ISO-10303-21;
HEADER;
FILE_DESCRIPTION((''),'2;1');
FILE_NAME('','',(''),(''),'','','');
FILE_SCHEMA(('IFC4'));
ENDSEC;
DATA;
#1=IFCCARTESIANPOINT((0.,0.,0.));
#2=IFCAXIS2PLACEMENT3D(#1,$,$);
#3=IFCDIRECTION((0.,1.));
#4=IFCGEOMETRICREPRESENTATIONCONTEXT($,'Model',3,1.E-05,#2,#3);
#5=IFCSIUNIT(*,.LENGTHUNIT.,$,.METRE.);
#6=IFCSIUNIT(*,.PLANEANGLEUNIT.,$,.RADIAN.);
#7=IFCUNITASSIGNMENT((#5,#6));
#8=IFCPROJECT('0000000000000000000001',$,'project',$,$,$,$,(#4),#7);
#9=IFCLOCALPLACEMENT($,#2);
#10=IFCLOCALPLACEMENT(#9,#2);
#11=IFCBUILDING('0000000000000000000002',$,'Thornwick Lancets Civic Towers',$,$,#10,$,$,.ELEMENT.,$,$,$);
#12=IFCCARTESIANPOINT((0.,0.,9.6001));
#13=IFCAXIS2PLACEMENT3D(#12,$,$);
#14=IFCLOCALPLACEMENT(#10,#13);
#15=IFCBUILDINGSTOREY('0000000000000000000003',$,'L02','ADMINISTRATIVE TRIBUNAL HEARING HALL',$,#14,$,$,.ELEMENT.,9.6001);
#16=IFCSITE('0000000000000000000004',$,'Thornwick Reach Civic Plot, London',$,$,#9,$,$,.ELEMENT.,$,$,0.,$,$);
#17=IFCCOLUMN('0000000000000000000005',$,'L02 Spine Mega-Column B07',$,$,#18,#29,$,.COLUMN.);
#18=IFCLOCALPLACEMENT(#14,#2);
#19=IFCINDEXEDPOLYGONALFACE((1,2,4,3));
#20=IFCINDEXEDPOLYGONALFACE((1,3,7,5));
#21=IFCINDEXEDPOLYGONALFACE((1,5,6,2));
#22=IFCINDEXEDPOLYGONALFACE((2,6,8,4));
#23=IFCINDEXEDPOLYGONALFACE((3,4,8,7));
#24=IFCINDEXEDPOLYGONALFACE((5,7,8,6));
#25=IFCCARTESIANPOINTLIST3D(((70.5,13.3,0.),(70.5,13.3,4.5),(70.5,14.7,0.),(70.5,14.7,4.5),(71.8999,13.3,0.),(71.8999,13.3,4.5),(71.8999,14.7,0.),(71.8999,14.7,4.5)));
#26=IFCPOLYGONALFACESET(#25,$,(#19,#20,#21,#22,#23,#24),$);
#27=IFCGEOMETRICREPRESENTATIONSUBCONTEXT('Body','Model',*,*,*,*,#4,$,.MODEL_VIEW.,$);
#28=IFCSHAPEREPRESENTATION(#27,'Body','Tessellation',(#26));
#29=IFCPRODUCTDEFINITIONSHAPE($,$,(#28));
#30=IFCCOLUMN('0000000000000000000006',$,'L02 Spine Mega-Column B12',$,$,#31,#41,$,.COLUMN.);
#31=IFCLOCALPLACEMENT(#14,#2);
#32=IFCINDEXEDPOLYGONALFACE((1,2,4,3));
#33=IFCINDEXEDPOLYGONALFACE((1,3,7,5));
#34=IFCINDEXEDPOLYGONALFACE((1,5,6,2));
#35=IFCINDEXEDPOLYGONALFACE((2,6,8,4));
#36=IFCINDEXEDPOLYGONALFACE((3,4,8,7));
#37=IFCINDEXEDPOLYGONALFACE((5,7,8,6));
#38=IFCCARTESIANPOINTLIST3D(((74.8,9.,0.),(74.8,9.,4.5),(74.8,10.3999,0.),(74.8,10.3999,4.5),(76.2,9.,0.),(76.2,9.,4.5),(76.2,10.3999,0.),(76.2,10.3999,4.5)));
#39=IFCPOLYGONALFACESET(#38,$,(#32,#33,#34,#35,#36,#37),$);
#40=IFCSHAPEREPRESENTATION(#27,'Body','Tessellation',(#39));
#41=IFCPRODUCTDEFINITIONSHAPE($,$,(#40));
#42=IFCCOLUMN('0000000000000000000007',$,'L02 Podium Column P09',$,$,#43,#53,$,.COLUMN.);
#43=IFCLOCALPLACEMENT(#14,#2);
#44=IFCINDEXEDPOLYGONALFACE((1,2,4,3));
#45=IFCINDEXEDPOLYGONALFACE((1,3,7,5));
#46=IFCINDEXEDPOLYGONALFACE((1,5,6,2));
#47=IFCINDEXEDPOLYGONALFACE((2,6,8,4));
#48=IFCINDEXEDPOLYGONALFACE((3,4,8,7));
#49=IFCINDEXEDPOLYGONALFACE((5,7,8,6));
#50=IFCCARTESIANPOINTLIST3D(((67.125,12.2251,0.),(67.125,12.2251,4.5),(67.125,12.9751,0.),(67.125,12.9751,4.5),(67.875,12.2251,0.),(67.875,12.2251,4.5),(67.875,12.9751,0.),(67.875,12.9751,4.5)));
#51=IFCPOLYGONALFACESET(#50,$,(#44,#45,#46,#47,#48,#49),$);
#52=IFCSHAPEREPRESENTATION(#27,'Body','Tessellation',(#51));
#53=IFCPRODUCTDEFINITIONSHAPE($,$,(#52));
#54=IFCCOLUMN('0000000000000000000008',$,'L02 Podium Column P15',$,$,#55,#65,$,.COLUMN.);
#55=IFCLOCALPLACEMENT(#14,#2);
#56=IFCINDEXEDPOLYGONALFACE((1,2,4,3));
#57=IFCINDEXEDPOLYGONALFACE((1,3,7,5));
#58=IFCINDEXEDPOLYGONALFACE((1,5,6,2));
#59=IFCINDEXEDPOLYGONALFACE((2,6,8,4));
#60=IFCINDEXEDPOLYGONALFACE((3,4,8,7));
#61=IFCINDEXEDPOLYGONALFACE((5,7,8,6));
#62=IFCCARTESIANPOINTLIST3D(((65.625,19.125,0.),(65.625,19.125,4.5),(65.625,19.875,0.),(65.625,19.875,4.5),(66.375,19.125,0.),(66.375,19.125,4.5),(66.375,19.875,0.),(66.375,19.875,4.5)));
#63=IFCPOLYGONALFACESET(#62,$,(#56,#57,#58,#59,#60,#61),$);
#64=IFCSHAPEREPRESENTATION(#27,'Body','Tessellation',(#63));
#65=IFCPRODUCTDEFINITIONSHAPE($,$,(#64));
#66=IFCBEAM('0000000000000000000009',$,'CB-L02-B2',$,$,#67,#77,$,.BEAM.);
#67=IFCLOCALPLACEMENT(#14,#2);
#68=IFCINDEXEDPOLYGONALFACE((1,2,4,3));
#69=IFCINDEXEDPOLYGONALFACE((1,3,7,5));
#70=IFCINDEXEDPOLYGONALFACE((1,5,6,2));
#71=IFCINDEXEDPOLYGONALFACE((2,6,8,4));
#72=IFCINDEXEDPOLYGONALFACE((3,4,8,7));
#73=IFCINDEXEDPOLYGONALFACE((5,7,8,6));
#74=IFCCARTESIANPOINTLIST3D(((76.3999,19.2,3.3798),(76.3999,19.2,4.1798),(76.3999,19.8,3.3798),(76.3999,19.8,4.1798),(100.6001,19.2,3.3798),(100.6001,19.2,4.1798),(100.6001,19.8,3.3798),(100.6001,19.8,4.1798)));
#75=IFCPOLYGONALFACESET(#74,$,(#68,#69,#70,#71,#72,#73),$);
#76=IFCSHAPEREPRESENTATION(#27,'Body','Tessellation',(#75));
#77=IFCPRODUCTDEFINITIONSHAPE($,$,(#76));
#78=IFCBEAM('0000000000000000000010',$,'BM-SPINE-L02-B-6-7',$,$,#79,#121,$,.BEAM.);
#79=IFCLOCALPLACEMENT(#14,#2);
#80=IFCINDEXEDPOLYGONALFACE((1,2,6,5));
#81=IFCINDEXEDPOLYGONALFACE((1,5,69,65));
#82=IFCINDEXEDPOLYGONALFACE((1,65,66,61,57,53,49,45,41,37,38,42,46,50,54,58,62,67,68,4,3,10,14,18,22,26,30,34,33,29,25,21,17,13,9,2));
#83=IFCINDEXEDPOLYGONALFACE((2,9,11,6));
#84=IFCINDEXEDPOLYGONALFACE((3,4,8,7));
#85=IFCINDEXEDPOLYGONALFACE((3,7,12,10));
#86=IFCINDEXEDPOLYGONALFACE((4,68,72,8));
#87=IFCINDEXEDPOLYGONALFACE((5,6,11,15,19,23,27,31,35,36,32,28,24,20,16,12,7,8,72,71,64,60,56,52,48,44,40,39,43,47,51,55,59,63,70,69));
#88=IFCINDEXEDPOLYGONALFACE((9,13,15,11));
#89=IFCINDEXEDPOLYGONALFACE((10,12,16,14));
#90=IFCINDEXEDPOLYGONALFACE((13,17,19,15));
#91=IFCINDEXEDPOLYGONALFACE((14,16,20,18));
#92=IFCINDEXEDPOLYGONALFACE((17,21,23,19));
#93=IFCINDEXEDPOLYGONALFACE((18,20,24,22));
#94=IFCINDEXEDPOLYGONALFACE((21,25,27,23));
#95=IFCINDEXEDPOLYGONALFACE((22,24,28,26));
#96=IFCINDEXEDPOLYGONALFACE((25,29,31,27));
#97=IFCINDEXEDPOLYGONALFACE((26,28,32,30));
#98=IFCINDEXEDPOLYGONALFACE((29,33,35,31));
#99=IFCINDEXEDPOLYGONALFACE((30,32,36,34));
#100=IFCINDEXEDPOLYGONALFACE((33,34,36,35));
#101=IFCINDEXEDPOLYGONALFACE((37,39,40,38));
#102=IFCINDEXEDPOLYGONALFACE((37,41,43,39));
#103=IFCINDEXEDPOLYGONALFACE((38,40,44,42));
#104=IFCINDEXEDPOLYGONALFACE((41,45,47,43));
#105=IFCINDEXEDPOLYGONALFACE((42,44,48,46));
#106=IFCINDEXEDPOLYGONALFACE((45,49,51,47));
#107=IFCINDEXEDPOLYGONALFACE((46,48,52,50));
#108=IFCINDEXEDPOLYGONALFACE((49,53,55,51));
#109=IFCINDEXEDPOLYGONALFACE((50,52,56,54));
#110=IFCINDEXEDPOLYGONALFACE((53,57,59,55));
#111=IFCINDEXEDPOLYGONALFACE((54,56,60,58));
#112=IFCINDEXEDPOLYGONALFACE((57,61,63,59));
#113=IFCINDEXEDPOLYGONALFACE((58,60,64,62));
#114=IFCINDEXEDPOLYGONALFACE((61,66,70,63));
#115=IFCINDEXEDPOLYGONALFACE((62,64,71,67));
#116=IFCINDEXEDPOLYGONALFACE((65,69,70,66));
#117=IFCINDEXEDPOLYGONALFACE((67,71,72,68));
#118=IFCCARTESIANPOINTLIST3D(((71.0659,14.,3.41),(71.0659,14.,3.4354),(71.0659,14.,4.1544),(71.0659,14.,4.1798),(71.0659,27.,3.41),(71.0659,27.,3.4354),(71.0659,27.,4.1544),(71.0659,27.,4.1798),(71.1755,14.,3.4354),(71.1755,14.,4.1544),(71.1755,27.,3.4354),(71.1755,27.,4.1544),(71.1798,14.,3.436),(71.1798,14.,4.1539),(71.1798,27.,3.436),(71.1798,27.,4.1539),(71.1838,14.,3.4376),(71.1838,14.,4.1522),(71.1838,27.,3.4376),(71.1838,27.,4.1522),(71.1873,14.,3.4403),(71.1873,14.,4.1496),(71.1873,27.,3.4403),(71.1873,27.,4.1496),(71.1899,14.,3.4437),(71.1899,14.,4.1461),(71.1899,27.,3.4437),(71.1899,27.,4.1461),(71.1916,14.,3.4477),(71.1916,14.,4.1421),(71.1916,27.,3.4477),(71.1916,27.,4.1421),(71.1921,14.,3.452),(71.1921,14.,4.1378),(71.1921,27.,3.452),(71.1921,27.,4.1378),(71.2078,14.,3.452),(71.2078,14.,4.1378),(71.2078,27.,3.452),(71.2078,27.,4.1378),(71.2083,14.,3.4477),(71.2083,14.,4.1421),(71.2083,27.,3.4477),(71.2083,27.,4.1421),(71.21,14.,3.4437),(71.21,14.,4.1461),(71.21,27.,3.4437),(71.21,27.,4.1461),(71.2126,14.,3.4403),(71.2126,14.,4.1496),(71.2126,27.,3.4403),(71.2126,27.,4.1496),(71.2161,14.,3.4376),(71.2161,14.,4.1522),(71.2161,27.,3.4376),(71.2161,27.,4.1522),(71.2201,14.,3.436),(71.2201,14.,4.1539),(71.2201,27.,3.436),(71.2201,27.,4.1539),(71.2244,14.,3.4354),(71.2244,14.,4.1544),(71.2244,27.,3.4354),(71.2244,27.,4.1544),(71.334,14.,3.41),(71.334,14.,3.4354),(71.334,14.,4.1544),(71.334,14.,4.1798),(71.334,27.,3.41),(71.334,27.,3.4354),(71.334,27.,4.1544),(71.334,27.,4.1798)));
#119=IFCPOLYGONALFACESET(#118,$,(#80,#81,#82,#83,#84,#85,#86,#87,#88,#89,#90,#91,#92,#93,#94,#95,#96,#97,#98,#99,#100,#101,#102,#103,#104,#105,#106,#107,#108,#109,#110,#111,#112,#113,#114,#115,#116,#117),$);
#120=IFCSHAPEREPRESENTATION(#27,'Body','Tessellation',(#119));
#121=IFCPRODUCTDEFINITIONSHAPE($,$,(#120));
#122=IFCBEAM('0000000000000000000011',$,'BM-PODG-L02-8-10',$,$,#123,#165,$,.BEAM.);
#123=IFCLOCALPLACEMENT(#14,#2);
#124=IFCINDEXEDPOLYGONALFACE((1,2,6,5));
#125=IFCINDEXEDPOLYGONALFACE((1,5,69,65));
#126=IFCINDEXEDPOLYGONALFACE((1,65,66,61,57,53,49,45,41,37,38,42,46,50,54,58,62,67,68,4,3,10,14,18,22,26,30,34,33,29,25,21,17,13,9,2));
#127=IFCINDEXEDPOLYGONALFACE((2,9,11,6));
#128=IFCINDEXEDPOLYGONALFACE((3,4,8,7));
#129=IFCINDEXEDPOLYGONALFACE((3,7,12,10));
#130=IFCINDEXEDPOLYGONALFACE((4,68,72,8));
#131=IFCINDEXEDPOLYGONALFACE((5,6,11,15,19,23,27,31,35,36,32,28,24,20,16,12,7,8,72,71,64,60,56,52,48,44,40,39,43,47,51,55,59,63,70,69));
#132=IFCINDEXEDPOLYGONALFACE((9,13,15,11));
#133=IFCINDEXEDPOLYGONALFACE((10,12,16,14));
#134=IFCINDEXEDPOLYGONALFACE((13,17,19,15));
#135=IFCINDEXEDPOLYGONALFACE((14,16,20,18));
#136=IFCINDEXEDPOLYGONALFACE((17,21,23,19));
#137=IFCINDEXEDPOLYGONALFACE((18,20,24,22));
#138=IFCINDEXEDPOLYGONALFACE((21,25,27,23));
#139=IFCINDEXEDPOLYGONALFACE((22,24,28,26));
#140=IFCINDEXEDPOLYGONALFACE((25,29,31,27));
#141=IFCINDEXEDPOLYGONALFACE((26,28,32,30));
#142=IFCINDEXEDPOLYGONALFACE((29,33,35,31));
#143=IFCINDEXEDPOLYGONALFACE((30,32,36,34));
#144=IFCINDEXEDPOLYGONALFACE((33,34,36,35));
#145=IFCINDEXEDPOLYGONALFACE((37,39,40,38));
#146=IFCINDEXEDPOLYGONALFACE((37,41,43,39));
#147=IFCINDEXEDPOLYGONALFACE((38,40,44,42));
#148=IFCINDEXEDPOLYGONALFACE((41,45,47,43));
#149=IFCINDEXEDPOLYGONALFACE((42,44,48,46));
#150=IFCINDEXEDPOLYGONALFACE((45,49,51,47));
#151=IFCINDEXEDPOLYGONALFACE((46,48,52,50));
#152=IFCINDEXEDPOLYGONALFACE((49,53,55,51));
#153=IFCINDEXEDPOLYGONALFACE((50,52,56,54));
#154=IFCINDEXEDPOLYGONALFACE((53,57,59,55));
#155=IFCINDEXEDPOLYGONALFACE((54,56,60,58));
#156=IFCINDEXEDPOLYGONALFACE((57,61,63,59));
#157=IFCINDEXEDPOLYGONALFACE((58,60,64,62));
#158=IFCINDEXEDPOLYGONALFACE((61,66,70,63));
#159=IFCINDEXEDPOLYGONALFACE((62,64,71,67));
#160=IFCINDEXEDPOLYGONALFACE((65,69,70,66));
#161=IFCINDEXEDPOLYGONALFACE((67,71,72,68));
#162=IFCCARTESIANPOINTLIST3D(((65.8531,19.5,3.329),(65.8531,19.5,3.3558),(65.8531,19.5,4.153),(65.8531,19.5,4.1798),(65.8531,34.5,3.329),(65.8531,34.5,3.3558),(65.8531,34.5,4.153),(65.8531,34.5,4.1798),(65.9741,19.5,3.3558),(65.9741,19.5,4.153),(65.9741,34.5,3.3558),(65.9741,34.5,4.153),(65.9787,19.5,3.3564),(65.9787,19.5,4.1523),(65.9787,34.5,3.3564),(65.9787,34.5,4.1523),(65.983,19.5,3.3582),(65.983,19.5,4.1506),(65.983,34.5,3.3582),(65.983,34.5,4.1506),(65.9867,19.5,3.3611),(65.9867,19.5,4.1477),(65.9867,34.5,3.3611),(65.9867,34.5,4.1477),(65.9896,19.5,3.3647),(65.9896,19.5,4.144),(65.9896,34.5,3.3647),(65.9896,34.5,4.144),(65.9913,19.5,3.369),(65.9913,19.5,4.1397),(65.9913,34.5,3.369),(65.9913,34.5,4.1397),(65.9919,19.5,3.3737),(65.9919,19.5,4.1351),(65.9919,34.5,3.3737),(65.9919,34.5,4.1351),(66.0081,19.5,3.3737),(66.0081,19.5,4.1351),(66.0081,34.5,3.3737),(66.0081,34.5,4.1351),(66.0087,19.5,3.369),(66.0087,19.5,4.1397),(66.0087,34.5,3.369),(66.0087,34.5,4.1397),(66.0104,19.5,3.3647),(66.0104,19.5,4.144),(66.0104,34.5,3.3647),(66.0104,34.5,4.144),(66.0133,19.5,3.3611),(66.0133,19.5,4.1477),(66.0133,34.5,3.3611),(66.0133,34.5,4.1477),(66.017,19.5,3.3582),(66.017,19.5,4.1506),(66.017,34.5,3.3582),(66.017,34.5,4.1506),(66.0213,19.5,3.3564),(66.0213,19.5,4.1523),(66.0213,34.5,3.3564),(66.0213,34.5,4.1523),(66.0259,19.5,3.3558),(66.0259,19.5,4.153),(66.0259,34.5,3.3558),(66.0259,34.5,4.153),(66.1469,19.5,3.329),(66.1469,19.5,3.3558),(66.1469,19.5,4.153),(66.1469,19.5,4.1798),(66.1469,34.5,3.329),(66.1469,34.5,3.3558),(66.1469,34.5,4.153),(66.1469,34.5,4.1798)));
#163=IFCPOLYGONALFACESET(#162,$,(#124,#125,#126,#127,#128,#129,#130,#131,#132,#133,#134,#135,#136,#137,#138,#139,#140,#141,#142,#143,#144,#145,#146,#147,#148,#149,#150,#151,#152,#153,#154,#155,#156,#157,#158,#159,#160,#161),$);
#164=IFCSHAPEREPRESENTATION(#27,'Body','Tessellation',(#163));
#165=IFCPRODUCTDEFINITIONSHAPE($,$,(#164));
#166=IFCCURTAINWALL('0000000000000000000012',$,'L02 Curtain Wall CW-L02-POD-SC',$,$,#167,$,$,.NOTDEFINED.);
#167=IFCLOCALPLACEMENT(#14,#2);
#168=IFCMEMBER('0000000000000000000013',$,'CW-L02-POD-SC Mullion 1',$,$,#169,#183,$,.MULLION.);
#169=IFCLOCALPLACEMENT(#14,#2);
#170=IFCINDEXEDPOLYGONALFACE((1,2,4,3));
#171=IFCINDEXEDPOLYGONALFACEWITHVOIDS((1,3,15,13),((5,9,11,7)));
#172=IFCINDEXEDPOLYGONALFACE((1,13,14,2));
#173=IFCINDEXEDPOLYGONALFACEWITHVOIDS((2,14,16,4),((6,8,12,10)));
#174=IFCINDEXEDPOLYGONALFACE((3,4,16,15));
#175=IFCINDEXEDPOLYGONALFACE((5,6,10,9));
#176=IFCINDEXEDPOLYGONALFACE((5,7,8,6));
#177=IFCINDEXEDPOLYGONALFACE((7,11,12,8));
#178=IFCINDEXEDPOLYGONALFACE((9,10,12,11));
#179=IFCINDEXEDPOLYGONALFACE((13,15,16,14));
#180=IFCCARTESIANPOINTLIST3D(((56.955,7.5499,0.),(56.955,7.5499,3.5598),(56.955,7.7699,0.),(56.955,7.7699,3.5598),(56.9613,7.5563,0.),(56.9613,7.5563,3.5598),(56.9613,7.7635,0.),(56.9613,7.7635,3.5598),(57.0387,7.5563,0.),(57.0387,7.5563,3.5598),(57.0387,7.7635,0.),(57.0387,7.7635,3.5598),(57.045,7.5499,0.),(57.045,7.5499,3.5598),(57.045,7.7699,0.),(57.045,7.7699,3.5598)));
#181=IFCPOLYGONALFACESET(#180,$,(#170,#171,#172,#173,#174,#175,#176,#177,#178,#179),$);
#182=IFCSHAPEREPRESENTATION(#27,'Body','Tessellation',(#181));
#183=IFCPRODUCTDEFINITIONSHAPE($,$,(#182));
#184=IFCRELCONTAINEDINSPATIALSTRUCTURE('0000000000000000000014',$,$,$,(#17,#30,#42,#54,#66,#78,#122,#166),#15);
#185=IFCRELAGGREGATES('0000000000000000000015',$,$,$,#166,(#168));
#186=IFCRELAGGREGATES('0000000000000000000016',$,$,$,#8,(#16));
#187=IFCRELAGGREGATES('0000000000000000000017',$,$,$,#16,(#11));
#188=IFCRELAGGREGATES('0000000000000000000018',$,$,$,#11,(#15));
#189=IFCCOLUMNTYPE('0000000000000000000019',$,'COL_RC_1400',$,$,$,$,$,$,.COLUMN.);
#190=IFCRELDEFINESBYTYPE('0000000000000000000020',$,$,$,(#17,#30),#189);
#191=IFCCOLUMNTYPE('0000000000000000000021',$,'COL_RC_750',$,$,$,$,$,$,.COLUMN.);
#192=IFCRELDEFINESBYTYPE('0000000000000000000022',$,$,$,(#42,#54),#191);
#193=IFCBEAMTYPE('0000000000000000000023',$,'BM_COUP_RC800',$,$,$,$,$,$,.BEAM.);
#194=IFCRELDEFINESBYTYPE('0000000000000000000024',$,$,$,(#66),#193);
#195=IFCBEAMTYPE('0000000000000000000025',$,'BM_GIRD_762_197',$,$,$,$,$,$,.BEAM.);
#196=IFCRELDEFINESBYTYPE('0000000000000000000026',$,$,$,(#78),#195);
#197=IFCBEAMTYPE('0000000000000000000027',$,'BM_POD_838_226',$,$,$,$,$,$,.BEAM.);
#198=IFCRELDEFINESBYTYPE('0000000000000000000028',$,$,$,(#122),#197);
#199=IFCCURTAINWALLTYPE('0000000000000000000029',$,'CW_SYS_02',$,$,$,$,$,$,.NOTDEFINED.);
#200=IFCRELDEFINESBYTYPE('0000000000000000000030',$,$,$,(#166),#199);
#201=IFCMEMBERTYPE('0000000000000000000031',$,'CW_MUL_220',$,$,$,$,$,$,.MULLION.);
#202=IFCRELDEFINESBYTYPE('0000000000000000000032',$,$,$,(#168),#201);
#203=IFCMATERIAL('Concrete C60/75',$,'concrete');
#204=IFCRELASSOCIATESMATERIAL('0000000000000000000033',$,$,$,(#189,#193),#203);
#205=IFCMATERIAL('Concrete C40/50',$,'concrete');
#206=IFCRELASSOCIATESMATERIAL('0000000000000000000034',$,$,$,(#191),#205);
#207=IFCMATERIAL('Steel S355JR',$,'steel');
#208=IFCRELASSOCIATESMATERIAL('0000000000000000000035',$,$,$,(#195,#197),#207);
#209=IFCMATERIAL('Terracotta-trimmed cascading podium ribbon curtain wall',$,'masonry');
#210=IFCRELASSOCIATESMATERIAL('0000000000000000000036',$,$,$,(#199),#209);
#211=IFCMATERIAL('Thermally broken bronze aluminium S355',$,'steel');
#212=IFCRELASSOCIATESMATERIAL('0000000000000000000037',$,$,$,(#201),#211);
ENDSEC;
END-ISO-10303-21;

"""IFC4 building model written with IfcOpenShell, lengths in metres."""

from ifc_helpers import new_model, si_unit, direction, frame, origin, origin_2d, place, context, subcontext, project, spatial, rectangle, hollow_rectangle, i_section, extrude, material, material_profile, profile_set, type_object, element, aggregate, save


model = new_model("IFC4")

# Units and contexts
model_context = context("Model", 3, precision=1e-05, world=origin(), true_north=direction((0.0, 1.0)))
body_context = subcontext(model_context, "Body", "Model", "MODEL_VIEW")
ifc_project = project(units=[si_unit("LENGTHUNIT", "METRE"), si_unit("PLANEANGLEUNIT", "RADIAN")], contexts=[model_context])

# Site, building, storey
site_placement = place(None, origin())
site = spatial("IfcSite", under=ifc_project, at=site_placement, Name="Thornwick Reach Civic Plot, London", CompositionType="ELEMENT", RefElevation=0.0)
building_placement = place(site_placement, origin())
building = spatial("IfcBuilding", under=site, at=building_placement, Name="Thornwick Lancets Civic Towers", CompositionType="ELEMENT")
storey_placement = place(building_placement, frame((0.0, 0.0, 9.6001)))
storey = spatial("IfcBuildingStorey", under=building, at=storey_placement, Name="L02", Description="ADMINISTRATIVE TRIBUNAL HEARING HALL", CompositionType="ELEMENT", Elevation=9.6001)

# Columns
ifc_material_1 = material(Name="Concrete C60/75", Category="concrete")
ifc_material_profile_1 = material_profile(ifc_material_1, rectangle(XDim=1.3999, YDim=1.3999, at=origin_2d()), Name="RC 1400x1400")
ifc_profile_set_1 = profile_set([ifc_material_profile_1], Name="Concrete C60/75")
column_type_1 = type_object("IfcColumnType", Name="COL_RC_1400", PredefinedType="COLUMN", material=ifc_profile_set_1)
for number, where, z_axis, x_axis, name in (
    (1, (71.2, 14.0, 0.0), (0.0, 0.0, 1.0), (1.0, 0.0, 0.0), "L02 Spine Mega-Column B07"),
    (2, (75.5, 9.7, 0.0), (0.0, 0.0, 1.0), (1.0, 0.0, 0.0), "L02 Spine Mega-Column B12"),
):
    element("IfcColumn", number, at=place(storey_placement, frame(where, z_axis=z_axis, x_axis=x_axis)), inside=storey, type_object=column_type_1, Name=name, PredefinedType="COLUMN", context=body_context, shape_type="SweptSolid", body=[
        extrude(rectangle(XDim=1.3999, YDim=1.3999, at=origin_2d()), origin(), (0.0, 0.0, 1.0), 4.5),
    ])
ifc_material_2 = material(Name="Concrete C40/50", Category="concrete")
ifc_material_profile_2 = material_profile(ifc_material_2, rectangle(XDim=0.75, YDim=0.75, at=origin_2d()), Name="RC 750x750")
ifc_profile_set_2 = profile_set([ifc_material_profile_2], Name="Concrete C40/50")
column_type_2 = type_object("IfcColumnType", Name="COL_RC_750", PredefinedType="COLUMN", material=ifc_profile_set_2)
for number, where, z_axis, x_axis, name in (
    (3, (67.5, 12.6001, 0.0), (0.0, 0.0, 1.0), (1.0, 0.0, 0.0), "L02 Podium Column P09"),
    (4, (66.0, 19.5, 0.0), (0.0, 0.0, 1.0), (1.0, 0.0, 0.0), "L02 Podium Column P15"),
):
    element("IfcColumn", number, at=place(storey_placement, frame(where, z_axis=z_axis, x_axis=x_axis)), inside=storey, type_object=column_type_2, Name=name, PredefinedType="COLUMN", context=body_context, shape_type="SweptSolid", body=[
        extrude(rectangle(XDim=0.75, YDim=0.75, at=origin_2d()), origin(), (0.0, 0.0, 1.0), 4.5),
    ])

# Beams
ifc_material_profile_3 = material_profile(ifc_material_1, rectangle(XDim=0.6001, YDim=0.8, at=origin_2d()), Name="RC 600x800")
ifc_profile_set_3 = profile_set([ifc_material_profile_3], Name="Concrete C60/75")
beam_type_1 = type_object("IfcBeamType", Name="BM_COUP_RC800", PredefinedType="BEAM", material=ifc_profile_set_3)
beam_1_placement = place(storey_placement, frame((76.3999, 19.5, 3.7798), z_axis=(1.0, 0.0, 0.0), x_axis=(0.0, 1.0, 0.0)))
element("IfcBeam", 5, at=beam_1_placement, inside=storey, type_object=beam_type_1, Name="CB-L02-B2", PredefinedType="BEAM", context=body_context, shape_type="SweptSolid", body=[
    extrude(rectangle(XDim=0.6001, YDim=0.8, at=origin_2d()), origin(), (0.0, 0.0, 1.0), 24.2002),
])
ifc_material_3 = material(Name="Steel S355JR", Category="steel")
ifc_material_profile_4 = material_profile(ifc_material_3, i_section(OverallWidth=0.2681, OverallDepth=0.7698, WebThickness=0.0156, FlangeThickness=0.0254, FilletRadius=0.0166, at=origin_2d()), Name="UKB 762x267x197")
ifc_profile_set_4 = profile_set([ifc_material_profile_4], Name="Steel S355JR")
beam_type_2 = type_object("IfcBeamType", Name="BM_GIRD_762_197", PredefinedType="BEAM", material=ifc_profile_set_4)
beam_2_placement = place(storey_placement, frame((71.2, 14.0, 3.7949), z_axis=(0.0, 1.0, 0.0), x_axis=(-1.0, 0.0, 0.0)))
element("IfcBeam", 6, at=beam_2_placement, inside=storey, type_object=beam_type_2, Name="BM-SPINE-L02-B-6-7", PredefinedType="BEAM", context=body_context, shape_type="SweptSolid", body=[
    extrude(i_section(OverallWidth=0.2681, OverallDepth=0.7698, WebThickness=0.0156, FlangeThickness=0.0254, FilletRadius=0.0166, at=origin_2d()), origin(), (0.0, 0.0, 1.0), 13.0),
])
ifc_material_profile_5 = material_profile(ifc_material_3, i_section(OverallWidth=0.2937, OverallDepth=0.8508, WebThickness=0.0161, FlangeThickness=0.0269, FilletRadius=0.0178, at=origin_2d()), Name="UKB 838x292x226")
ifc_profile_set_5 = profile_set([ifc_material_profile_5], Name="Steel S355JR")
beam_type_3 = type_object("IfcBeamType", Name="BM_POD_838_226", PredefinedType="BEAM", material=ifc_profile_set_5)
beam_3_placement = place(storey_placement, frame((66.0, 19.5, 3.7544), z_axis=(0.0, 1.0, 0.0), x_axis=(-1.0, 0.0, 0.0)))
element("IfcBeam", 7, at=beam_3_placement, inside=storey, type_object=beam_type_3, Name="BM-PODG-L02-8-10", PredefinedType="BEAM", context=body_context, shape_type="SweptSolid", body=[
    extrude(i_section(OverallWidth=0.2937, OverallDepth=0.8508, WebThickness=0.0161, FlangeThickness=0.0269, FilletRadius=0.0178, at=origin_2d()), origin(), (0.0, 0.0, 1.0), 15.0),
])

# Curtain wall, member
ifc_material_4 = material(Name="Terracotta-trimmed cascading podium ribbon curtain wall", Category="masonry")
curtain_wall_type = type_object("IfcCurtainWallType", Name="CW_SYS_02", PredefinedType="NOTDEFINED", material=ifc_material_4)
curtain_wall_placement = place(storey_placement, origin())
curtain_wall = element("IfcCurtainWall", 8, at=curtain_wall_placement, inside=storey, type_object=curtain_wall_type, Name="L02 Curtain Wall CW-L02-POD-SC", PredefinedType="NOTDEFINED")
ifc_material_5 = material(Name="Thermally broken bronze aluminium S355", Category="steel")
ifc_material_profile_6 = material_profile(ifc_material_5, hollow_rectangle(XDim=0.0901, YDim=0.22, WallThickness=0.0063, at=origin_2d()), Name="RHS 220x90x6.3")
ifc_profile_set_6 = profile_set([ifc_material_profile_6], Name="Thermally broken bronze aluminium S355")
member_type_1 = type_object("IfcMemberType", Name="CW_MUL_220", PredefinedType="MULLION", material=ifc_profile_set_6)
member_1_placement = place(storey_placement, frame((57.0, 7.6599, 0.0), z_axis=(0.0, 0.0, 1.0), x_axis=(1.0, 0.0, 0.0)))
member_1 = element("IfcMember", 9, at=member_1_placement, type_object=member_type_1, Name="CW-L02-POD-SC Mullion 1", PredefinedType="MULLION", context=body_context, shape_type="SweptSolid", body=[
    extrude(hollow_rectangle(XDim=0.0901, YDim=0.22, WallThickness=0.0063, at=origin_2d()), origin(), (0.0, 0.0, 1.0), 3.5598),
])
aggregate(curtain_wall, [member_1])

save(model, "model.ifc")
